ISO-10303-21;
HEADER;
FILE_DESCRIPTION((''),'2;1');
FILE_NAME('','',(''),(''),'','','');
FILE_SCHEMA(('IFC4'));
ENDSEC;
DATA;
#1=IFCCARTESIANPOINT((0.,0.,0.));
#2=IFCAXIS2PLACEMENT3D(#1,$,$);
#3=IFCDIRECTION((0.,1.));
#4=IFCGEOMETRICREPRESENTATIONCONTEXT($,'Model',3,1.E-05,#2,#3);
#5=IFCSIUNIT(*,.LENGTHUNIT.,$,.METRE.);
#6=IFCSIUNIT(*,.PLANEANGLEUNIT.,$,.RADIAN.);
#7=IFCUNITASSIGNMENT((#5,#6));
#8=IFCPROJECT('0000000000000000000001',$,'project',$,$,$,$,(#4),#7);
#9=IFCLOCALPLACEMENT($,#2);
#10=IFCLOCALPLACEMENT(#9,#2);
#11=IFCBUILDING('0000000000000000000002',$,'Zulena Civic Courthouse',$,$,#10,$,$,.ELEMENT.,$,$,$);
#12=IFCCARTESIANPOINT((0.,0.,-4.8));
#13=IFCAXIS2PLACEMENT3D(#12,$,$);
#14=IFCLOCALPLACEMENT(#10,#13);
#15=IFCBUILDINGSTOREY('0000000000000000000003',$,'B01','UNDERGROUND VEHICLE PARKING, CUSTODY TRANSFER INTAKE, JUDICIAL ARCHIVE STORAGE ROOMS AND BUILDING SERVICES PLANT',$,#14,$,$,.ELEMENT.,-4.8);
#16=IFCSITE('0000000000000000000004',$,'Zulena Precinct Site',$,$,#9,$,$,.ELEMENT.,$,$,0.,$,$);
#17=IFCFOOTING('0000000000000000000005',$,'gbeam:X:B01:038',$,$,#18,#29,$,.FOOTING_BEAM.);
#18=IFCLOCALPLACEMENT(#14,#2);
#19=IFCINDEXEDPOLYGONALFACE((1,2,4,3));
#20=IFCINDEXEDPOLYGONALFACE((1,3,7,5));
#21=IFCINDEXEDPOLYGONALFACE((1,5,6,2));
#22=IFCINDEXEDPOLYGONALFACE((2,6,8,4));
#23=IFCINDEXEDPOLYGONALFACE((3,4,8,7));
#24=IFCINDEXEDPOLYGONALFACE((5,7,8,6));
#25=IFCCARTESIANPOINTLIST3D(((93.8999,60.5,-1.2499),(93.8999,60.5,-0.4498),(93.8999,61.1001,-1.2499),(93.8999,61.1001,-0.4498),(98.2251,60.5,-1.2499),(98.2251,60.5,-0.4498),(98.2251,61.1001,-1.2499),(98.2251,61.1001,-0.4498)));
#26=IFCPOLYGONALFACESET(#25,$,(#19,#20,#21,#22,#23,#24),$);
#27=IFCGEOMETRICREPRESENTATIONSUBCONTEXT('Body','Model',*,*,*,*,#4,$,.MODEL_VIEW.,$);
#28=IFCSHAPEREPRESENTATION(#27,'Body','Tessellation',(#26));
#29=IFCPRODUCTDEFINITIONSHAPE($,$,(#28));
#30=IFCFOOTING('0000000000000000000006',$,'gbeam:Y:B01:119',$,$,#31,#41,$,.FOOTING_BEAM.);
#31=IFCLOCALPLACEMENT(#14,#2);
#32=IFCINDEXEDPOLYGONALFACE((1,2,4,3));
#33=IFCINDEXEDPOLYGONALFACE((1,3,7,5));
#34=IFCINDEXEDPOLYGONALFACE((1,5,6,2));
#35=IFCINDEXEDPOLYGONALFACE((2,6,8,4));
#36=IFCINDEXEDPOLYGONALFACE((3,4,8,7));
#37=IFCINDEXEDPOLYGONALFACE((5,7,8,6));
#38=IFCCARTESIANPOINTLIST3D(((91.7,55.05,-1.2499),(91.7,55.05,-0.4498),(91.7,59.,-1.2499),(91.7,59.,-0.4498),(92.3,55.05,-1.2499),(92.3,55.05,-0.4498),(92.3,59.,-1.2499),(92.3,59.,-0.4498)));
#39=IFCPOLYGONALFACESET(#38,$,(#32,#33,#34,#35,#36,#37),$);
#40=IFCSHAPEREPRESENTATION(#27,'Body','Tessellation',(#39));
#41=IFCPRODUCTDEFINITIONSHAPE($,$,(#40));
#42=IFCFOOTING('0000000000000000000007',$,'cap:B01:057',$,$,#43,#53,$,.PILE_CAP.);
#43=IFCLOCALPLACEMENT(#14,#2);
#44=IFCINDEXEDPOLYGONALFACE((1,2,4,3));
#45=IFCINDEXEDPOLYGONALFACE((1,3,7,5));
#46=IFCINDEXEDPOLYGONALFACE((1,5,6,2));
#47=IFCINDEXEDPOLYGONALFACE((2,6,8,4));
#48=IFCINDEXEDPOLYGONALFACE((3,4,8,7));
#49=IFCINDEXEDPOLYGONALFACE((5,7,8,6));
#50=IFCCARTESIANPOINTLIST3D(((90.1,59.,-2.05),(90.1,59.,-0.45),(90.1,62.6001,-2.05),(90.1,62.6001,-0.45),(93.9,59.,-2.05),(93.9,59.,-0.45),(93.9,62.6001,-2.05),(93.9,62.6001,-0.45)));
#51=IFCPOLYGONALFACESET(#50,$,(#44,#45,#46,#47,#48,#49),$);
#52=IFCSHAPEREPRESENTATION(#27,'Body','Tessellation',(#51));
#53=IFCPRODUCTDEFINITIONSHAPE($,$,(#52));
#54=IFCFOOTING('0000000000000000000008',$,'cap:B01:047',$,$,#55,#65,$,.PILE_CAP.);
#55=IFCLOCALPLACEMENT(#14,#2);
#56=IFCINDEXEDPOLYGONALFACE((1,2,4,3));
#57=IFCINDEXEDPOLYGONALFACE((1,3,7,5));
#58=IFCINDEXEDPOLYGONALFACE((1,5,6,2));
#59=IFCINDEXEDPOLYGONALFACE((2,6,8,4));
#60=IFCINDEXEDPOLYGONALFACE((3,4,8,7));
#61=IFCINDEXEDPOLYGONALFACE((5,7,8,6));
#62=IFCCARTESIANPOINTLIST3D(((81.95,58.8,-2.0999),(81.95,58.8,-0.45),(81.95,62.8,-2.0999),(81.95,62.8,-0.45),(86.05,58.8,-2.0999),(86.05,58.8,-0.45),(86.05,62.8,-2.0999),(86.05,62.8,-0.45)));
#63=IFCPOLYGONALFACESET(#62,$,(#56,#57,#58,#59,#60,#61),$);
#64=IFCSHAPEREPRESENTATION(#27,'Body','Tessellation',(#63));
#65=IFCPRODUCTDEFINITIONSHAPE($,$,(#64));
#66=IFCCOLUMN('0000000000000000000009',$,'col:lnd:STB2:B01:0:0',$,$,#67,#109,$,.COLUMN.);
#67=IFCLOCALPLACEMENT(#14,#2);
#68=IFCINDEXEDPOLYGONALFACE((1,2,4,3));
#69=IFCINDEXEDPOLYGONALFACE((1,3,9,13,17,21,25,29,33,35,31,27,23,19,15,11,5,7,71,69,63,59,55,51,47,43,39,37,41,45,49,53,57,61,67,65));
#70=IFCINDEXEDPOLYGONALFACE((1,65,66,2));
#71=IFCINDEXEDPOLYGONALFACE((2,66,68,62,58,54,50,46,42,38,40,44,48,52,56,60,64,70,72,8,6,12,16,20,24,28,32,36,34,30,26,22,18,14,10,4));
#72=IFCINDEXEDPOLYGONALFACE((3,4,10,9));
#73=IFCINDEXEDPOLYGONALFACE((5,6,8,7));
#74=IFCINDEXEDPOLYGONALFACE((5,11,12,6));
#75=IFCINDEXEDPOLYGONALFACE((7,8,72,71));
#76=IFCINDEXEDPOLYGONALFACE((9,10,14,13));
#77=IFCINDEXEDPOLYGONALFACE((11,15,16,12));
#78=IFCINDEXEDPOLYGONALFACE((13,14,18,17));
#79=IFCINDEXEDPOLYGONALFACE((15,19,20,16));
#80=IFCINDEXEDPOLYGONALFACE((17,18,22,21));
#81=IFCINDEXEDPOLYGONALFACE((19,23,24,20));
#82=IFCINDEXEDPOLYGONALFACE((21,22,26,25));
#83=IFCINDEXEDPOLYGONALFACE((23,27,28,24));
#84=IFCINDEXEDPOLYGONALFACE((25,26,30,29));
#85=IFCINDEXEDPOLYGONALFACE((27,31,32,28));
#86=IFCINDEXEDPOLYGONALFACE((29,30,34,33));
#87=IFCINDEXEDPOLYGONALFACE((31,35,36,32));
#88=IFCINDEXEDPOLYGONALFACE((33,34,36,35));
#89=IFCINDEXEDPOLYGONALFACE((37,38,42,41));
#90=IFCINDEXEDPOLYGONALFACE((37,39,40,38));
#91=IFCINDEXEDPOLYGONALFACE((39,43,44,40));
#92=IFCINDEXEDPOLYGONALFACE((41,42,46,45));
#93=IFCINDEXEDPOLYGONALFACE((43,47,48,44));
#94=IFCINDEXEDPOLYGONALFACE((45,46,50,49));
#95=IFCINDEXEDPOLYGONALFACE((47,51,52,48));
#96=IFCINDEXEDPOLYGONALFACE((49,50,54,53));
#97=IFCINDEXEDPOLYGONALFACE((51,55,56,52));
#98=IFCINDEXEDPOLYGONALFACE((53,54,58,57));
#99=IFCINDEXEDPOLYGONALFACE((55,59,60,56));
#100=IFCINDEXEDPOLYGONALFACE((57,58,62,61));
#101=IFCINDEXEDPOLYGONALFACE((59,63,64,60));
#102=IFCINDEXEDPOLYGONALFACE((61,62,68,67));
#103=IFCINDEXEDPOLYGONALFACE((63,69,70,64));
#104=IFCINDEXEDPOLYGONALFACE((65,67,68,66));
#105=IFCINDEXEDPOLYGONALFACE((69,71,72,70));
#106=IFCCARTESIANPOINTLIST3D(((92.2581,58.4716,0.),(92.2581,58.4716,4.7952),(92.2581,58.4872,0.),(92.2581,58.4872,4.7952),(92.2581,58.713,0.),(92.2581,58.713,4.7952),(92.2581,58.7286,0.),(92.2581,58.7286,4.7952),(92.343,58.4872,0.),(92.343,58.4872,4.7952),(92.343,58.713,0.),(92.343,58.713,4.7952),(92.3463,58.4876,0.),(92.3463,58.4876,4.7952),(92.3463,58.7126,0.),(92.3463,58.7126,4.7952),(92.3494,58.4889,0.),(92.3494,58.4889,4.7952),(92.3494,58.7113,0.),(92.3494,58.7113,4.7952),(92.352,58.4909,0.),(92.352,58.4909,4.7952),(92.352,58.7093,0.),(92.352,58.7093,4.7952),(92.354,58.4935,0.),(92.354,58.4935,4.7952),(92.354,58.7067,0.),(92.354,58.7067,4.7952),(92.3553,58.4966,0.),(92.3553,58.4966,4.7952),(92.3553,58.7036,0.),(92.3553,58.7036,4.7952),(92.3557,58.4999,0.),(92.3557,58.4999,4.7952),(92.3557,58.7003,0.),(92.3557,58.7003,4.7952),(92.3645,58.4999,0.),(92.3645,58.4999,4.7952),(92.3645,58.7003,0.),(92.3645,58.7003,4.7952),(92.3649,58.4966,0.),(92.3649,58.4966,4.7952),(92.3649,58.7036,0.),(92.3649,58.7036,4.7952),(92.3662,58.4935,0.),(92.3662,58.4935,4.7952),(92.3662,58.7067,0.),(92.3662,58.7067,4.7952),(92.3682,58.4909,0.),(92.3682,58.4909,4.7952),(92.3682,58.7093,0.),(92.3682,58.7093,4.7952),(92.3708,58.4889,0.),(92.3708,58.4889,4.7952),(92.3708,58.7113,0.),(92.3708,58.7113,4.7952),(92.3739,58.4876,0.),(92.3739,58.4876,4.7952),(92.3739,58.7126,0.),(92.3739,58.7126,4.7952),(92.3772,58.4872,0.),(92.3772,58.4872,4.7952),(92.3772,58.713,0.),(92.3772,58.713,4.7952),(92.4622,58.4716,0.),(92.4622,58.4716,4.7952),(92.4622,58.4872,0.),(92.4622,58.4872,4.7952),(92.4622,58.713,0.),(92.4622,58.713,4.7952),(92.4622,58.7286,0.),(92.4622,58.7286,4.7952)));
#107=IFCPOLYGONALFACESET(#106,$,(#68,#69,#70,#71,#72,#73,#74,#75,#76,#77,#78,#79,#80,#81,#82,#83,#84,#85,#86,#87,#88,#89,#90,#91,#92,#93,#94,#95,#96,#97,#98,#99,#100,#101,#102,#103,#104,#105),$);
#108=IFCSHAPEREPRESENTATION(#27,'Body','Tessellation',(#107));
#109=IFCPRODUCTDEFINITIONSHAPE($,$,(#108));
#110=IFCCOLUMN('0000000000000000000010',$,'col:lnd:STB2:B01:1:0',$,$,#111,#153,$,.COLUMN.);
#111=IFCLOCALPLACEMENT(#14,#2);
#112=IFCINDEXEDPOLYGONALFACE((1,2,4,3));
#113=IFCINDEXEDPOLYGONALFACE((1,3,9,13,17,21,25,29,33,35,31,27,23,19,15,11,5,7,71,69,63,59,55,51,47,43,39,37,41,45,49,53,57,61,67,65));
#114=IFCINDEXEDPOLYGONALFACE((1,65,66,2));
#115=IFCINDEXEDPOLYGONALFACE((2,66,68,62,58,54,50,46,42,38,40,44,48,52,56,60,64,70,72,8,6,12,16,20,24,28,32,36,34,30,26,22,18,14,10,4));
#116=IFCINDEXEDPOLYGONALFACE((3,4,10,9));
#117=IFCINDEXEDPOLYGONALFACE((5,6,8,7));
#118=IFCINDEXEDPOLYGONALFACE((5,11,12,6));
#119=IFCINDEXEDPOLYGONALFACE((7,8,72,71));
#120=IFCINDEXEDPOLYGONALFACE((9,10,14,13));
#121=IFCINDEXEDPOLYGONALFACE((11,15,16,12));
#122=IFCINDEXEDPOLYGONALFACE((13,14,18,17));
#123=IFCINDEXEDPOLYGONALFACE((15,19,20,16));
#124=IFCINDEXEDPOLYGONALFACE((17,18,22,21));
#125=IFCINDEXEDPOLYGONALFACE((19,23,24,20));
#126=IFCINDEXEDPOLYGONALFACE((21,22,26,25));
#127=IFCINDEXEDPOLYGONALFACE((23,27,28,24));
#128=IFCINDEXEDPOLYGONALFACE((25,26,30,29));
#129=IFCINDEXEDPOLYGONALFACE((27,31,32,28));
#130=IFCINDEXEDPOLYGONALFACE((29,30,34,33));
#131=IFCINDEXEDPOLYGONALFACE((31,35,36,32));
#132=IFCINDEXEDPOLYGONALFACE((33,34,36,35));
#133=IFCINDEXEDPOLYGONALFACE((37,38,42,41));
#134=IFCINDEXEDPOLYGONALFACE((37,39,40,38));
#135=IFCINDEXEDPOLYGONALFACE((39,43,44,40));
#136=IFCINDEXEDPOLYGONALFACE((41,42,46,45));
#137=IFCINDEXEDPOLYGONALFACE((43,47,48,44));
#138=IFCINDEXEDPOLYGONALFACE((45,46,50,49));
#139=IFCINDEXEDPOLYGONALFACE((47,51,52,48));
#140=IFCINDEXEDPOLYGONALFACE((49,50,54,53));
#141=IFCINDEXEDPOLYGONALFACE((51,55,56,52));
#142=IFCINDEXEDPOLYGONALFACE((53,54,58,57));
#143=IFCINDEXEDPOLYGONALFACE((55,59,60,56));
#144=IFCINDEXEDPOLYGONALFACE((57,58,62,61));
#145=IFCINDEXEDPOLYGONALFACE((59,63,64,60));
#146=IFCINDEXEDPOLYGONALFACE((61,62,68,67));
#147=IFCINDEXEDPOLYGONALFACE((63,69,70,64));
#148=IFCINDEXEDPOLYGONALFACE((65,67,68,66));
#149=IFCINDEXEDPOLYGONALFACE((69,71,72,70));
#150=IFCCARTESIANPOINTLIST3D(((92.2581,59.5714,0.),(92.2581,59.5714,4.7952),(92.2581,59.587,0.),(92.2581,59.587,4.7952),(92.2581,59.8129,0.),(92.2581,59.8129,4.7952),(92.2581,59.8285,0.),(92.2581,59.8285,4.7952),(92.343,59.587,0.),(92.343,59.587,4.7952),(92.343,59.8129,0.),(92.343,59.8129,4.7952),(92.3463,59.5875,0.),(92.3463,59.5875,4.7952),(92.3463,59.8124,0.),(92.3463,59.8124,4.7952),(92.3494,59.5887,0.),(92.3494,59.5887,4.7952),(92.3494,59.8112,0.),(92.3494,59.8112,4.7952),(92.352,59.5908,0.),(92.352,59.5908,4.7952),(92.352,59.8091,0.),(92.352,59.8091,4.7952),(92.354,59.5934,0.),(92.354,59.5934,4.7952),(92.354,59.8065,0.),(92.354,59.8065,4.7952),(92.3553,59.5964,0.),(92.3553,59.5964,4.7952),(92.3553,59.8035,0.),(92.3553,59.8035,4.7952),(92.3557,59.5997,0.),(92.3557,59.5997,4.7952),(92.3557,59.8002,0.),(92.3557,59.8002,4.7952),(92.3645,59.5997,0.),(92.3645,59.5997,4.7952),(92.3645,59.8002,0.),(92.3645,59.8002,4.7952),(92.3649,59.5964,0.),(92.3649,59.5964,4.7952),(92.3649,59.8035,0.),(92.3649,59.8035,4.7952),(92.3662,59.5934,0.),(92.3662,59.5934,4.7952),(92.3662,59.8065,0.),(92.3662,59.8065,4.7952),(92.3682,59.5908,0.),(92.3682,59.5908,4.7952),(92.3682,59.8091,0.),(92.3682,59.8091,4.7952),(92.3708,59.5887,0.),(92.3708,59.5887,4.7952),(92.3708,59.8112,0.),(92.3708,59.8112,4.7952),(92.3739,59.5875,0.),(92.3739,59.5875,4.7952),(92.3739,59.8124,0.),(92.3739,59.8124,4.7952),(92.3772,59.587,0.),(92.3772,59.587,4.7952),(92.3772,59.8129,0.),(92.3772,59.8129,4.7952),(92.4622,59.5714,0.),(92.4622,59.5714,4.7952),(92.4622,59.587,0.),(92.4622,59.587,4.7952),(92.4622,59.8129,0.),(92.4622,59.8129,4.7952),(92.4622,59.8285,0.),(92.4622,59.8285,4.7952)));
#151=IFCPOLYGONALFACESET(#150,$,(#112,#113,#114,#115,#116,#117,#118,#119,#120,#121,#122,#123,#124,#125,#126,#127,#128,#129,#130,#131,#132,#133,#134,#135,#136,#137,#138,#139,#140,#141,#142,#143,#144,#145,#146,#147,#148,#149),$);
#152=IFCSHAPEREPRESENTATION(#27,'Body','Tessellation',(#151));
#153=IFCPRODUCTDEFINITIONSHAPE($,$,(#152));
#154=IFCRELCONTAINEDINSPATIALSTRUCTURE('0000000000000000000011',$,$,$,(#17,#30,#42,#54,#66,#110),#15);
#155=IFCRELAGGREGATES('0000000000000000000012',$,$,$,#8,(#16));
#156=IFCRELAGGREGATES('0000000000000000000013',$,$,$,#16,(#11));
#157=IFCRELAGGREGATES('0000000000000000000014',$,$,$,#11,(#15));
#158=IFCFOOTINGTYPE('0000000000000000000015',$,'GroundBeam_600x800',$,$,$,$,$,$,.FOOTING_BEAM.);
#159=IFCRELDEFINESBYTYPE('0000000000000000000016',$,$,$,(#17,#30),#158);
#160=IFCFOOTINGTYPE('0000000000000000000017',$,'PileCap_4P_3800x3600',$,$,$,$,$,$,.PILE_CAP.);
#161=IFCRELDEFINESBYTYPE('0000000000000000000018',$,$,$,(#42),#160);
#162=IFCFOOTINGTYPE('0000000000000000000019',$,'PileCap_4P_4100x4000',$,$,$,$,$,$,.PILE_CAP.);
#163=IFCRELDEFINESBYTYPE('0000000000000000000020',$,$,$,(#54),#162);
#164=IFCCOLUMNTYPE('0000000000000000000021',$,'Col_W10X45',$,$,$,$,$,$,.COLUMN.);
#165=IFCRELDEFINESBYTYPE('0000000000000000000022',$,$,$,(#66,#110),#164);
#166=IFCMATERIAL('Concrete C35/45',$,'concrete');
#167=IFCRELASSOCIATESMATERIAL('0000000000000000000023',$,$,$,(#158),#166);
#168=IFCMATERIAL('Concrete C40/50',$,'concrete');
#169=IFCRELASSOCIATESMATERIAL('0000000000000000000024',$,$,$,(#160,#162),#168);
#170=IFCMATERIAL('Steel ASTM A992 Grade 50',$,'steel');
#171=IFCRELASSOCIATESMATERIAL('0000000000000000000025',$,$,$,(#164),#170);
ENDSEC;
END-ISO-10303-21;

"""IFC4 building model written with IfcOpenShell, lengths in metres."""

from ifc_helpers import new_model, si_unit, direction, frame, origin, origin_2d, place, context, subcontext, project, spatial, rectangle, i_section, extrude, material, material_profile, profile_set, type_object, element, save


model = new_model("IFC4")

# Units and contexts
model_context = context("Model", 3, precision=1e-05, world=origin(), true_north=direction((0.0, 1.0)))
body_context = subcontext(model_context, "Body", "Model", "MODEL_VIEW")
ifc_project = project(units=[si_unit("LENGTHUNIT", "METRE"), si_unit("PLANEANGLEUNIT", "RADIAN")], contexts=[model_context])

# Site, building, storey
site_placement = place(None, origin())
site = spatial("IfcSite", under=ifc_project, at=site_placement, Name="Zulena Precinct Site", CompositionType="ELEMENT", RefElevation=0.0)
building_placement = place(site_placement, origin())
building = spatial("IfcBuilding", under=site, at=building_placement, Name="Zulena Civic Courthouse", CompositionType="ELEMENT")
storey_placement = place(building_placement, frame((0.0, 0.0, -4.8)))
storey = spatial("IfcBuildingStorey", under=building, at=storey_placement, Name="B01", Description="UNDERGROUND VEHICLE PARKING, CUSTODY TRANSFER INTAKE, JUDICIAL ARCHIVE STORAGE ROOMS AND BUILDING SERVICES PLANT", CompositionType="ELEMENT", Elevation=-4.8)

# Shared definitions
ifc_material_1 = material(Name="Concrete C40/50", Category="concrete")

# Footings
ifc_material_2 = material(Name="Concrete C35/45", Category="concrete")
ifc_material_profile_1 = material_profile(ifc_material_2, rectangle(XDim=0.6001, YDim=0.8, at=origin_2d()), Name="RC600X800")
ifc_profile_set_1 = profile_set([ifc_material_profile_1], Name="Concrete C35/45")
footing_type_1 = type_object("IfcFootingType", Name="GroundBeam_600x800", PredefinedType="FOOTING_BEAM", material=ifc_profile_set_1)
footing_1_placement = place(storey_placement, frame((93.8999, 60.8, -0.8499), z_axis=(1.0, 0.0, 0.0), x_axis=(0.0, 1.0, 0.0)))
element("IfcFooting", 1, at=footing_1_placement, inside=storey, type_object=footing_type_1, Name="gbeam:X:B01:038", PredefinedType="FOOTING_BEAM", context=body_context, shape_type="SweptSolid", body=[
    extrude(rectangle(XDim=0.6001, YDim=0.8, at=origin_2d()), origin(), (0.0, 0.0, 1.0), 4.3252),
])
footing_2_placement = place(storey_placement, frame((92.0, 55.05, -0.8499), z_axis=(0.0, 1.0, 0.0), x_axis=(-1.0, 0.0, 0.0)))
element("IfcFooting", 2, at=footing_2_placement, inside=storey, type_object=footing_type_1, Name="gbeam:Y:B01:119", PredefinedType="FOOTING_BEAM", context=body_context, shape_type="SweptSolid", body=[
    extrude(rectangle(XDim=0.6001, YDim=0.8, at=origin_2d()), origin(), (0.0, 0.0, 1.0), 3.95),
])
footing_type_2 = type_object("IfcFootingType", Name="PileCap_4P_3800x3600", PredefinedType="PILE_CAP", material=ifc_material_1)
footing_3_placement = place(storey_placement, frame((92.0, 60.8, -2.05), z_axis=(0.0, 0.0, 1.0), x_axis=(1.0, 0.0, 0.0)))
element("IfcFooting", 3, at=footing_3_placement, inside=storey, type_object=footing_type_2, Name="cap:B01:057", PredefinedType="PILE_CAP", context=body_context, shape_type="SweptSolid", body=[
    extrude(rectangle(XDim=3.8, YDim=3.6001, at=origin_2d()), origin(), (0.0, 0.0, 1.0), 1.6001),
])
footing_type_3 = type_object("IfcFootingType", Name="PileCap_4P_4100x4000", PredefinedType="PILE_CAP", material=ifc_material_1)
footing_4_placement = place(storey_placement, frame((84.0, 60.8, -2.0999), z_axis=(0.0, 0.0, 1.0), x_axis=(1.0, 0.0, 0.0)))
element("IfcFooting", 4, at=footing_4_placement, inside=storey, type_object=footing_type_3, Name="cap:B01:047", PredefinedType="PILE_CAP", context=body_context, shape_type="SweptSolid", body=[
    extrude(rectangle(XDim=4.1001, YDim=4.0, at=origin_2d()), origin(), (0.0, 0.0, 1.0), 1.6499),
])

# Columns
ifc_material_3 = material(Name="Steel ASTM A992 Grade 50", Category="steel")
ifc_material_profile_2 = material_profile(ifc_material_3, i_section(OverallWidth=0.2041, OverallDepth=0.2571, WebThickness=0.0088, FlangeThickness=0.0156, FilletRadius=0.0127, at=origin_2d()), Name="W10X45")
ifc_profile_set_2 = profile_set([ifc_material_profile_2], Name="Steel ASTM A992 Grade 50")
column_type_1 = type_object("IfcColumnType", Name="Col_W10X45", PredefinedType="COLUMN", material=ifc_profile_set_2)
for number, where, z_axis, x_axis, name in (
    (5, (92.3601, 58.6001, 0.0), (0.0, 0.0, 1.0), (1.0, 0.0, 0.0), "col:lnd:STB2:B01:0:0"),
    (6, (92.3601, 59.7, 0.0), (0.0, 0.0, 1.0), (1.0, 0.0, 0.0), "col:lnd:STB2:B01:1:0"),
):
    element("IfcColumn", number, at=place(storey_placement, frame(where, z_axis=z_axis, x_axis=x_axis)), inside=storey, type_object=column_type_1, Name=name, PredefinedType="COLUMN", context=body_context, shape_type="SweptSolid", body=[
        extrude(i_section(OverallWidth=0.2041, OverallDepth=0.2571, WebThickness=0.0088, FlangeThickness=0.0156, FilletRadius=0.0127, at=origin_2d()), origin(), (0.0, 0.0, 1.0), 4.7952),
    ])

save(model, "model.ifc")
